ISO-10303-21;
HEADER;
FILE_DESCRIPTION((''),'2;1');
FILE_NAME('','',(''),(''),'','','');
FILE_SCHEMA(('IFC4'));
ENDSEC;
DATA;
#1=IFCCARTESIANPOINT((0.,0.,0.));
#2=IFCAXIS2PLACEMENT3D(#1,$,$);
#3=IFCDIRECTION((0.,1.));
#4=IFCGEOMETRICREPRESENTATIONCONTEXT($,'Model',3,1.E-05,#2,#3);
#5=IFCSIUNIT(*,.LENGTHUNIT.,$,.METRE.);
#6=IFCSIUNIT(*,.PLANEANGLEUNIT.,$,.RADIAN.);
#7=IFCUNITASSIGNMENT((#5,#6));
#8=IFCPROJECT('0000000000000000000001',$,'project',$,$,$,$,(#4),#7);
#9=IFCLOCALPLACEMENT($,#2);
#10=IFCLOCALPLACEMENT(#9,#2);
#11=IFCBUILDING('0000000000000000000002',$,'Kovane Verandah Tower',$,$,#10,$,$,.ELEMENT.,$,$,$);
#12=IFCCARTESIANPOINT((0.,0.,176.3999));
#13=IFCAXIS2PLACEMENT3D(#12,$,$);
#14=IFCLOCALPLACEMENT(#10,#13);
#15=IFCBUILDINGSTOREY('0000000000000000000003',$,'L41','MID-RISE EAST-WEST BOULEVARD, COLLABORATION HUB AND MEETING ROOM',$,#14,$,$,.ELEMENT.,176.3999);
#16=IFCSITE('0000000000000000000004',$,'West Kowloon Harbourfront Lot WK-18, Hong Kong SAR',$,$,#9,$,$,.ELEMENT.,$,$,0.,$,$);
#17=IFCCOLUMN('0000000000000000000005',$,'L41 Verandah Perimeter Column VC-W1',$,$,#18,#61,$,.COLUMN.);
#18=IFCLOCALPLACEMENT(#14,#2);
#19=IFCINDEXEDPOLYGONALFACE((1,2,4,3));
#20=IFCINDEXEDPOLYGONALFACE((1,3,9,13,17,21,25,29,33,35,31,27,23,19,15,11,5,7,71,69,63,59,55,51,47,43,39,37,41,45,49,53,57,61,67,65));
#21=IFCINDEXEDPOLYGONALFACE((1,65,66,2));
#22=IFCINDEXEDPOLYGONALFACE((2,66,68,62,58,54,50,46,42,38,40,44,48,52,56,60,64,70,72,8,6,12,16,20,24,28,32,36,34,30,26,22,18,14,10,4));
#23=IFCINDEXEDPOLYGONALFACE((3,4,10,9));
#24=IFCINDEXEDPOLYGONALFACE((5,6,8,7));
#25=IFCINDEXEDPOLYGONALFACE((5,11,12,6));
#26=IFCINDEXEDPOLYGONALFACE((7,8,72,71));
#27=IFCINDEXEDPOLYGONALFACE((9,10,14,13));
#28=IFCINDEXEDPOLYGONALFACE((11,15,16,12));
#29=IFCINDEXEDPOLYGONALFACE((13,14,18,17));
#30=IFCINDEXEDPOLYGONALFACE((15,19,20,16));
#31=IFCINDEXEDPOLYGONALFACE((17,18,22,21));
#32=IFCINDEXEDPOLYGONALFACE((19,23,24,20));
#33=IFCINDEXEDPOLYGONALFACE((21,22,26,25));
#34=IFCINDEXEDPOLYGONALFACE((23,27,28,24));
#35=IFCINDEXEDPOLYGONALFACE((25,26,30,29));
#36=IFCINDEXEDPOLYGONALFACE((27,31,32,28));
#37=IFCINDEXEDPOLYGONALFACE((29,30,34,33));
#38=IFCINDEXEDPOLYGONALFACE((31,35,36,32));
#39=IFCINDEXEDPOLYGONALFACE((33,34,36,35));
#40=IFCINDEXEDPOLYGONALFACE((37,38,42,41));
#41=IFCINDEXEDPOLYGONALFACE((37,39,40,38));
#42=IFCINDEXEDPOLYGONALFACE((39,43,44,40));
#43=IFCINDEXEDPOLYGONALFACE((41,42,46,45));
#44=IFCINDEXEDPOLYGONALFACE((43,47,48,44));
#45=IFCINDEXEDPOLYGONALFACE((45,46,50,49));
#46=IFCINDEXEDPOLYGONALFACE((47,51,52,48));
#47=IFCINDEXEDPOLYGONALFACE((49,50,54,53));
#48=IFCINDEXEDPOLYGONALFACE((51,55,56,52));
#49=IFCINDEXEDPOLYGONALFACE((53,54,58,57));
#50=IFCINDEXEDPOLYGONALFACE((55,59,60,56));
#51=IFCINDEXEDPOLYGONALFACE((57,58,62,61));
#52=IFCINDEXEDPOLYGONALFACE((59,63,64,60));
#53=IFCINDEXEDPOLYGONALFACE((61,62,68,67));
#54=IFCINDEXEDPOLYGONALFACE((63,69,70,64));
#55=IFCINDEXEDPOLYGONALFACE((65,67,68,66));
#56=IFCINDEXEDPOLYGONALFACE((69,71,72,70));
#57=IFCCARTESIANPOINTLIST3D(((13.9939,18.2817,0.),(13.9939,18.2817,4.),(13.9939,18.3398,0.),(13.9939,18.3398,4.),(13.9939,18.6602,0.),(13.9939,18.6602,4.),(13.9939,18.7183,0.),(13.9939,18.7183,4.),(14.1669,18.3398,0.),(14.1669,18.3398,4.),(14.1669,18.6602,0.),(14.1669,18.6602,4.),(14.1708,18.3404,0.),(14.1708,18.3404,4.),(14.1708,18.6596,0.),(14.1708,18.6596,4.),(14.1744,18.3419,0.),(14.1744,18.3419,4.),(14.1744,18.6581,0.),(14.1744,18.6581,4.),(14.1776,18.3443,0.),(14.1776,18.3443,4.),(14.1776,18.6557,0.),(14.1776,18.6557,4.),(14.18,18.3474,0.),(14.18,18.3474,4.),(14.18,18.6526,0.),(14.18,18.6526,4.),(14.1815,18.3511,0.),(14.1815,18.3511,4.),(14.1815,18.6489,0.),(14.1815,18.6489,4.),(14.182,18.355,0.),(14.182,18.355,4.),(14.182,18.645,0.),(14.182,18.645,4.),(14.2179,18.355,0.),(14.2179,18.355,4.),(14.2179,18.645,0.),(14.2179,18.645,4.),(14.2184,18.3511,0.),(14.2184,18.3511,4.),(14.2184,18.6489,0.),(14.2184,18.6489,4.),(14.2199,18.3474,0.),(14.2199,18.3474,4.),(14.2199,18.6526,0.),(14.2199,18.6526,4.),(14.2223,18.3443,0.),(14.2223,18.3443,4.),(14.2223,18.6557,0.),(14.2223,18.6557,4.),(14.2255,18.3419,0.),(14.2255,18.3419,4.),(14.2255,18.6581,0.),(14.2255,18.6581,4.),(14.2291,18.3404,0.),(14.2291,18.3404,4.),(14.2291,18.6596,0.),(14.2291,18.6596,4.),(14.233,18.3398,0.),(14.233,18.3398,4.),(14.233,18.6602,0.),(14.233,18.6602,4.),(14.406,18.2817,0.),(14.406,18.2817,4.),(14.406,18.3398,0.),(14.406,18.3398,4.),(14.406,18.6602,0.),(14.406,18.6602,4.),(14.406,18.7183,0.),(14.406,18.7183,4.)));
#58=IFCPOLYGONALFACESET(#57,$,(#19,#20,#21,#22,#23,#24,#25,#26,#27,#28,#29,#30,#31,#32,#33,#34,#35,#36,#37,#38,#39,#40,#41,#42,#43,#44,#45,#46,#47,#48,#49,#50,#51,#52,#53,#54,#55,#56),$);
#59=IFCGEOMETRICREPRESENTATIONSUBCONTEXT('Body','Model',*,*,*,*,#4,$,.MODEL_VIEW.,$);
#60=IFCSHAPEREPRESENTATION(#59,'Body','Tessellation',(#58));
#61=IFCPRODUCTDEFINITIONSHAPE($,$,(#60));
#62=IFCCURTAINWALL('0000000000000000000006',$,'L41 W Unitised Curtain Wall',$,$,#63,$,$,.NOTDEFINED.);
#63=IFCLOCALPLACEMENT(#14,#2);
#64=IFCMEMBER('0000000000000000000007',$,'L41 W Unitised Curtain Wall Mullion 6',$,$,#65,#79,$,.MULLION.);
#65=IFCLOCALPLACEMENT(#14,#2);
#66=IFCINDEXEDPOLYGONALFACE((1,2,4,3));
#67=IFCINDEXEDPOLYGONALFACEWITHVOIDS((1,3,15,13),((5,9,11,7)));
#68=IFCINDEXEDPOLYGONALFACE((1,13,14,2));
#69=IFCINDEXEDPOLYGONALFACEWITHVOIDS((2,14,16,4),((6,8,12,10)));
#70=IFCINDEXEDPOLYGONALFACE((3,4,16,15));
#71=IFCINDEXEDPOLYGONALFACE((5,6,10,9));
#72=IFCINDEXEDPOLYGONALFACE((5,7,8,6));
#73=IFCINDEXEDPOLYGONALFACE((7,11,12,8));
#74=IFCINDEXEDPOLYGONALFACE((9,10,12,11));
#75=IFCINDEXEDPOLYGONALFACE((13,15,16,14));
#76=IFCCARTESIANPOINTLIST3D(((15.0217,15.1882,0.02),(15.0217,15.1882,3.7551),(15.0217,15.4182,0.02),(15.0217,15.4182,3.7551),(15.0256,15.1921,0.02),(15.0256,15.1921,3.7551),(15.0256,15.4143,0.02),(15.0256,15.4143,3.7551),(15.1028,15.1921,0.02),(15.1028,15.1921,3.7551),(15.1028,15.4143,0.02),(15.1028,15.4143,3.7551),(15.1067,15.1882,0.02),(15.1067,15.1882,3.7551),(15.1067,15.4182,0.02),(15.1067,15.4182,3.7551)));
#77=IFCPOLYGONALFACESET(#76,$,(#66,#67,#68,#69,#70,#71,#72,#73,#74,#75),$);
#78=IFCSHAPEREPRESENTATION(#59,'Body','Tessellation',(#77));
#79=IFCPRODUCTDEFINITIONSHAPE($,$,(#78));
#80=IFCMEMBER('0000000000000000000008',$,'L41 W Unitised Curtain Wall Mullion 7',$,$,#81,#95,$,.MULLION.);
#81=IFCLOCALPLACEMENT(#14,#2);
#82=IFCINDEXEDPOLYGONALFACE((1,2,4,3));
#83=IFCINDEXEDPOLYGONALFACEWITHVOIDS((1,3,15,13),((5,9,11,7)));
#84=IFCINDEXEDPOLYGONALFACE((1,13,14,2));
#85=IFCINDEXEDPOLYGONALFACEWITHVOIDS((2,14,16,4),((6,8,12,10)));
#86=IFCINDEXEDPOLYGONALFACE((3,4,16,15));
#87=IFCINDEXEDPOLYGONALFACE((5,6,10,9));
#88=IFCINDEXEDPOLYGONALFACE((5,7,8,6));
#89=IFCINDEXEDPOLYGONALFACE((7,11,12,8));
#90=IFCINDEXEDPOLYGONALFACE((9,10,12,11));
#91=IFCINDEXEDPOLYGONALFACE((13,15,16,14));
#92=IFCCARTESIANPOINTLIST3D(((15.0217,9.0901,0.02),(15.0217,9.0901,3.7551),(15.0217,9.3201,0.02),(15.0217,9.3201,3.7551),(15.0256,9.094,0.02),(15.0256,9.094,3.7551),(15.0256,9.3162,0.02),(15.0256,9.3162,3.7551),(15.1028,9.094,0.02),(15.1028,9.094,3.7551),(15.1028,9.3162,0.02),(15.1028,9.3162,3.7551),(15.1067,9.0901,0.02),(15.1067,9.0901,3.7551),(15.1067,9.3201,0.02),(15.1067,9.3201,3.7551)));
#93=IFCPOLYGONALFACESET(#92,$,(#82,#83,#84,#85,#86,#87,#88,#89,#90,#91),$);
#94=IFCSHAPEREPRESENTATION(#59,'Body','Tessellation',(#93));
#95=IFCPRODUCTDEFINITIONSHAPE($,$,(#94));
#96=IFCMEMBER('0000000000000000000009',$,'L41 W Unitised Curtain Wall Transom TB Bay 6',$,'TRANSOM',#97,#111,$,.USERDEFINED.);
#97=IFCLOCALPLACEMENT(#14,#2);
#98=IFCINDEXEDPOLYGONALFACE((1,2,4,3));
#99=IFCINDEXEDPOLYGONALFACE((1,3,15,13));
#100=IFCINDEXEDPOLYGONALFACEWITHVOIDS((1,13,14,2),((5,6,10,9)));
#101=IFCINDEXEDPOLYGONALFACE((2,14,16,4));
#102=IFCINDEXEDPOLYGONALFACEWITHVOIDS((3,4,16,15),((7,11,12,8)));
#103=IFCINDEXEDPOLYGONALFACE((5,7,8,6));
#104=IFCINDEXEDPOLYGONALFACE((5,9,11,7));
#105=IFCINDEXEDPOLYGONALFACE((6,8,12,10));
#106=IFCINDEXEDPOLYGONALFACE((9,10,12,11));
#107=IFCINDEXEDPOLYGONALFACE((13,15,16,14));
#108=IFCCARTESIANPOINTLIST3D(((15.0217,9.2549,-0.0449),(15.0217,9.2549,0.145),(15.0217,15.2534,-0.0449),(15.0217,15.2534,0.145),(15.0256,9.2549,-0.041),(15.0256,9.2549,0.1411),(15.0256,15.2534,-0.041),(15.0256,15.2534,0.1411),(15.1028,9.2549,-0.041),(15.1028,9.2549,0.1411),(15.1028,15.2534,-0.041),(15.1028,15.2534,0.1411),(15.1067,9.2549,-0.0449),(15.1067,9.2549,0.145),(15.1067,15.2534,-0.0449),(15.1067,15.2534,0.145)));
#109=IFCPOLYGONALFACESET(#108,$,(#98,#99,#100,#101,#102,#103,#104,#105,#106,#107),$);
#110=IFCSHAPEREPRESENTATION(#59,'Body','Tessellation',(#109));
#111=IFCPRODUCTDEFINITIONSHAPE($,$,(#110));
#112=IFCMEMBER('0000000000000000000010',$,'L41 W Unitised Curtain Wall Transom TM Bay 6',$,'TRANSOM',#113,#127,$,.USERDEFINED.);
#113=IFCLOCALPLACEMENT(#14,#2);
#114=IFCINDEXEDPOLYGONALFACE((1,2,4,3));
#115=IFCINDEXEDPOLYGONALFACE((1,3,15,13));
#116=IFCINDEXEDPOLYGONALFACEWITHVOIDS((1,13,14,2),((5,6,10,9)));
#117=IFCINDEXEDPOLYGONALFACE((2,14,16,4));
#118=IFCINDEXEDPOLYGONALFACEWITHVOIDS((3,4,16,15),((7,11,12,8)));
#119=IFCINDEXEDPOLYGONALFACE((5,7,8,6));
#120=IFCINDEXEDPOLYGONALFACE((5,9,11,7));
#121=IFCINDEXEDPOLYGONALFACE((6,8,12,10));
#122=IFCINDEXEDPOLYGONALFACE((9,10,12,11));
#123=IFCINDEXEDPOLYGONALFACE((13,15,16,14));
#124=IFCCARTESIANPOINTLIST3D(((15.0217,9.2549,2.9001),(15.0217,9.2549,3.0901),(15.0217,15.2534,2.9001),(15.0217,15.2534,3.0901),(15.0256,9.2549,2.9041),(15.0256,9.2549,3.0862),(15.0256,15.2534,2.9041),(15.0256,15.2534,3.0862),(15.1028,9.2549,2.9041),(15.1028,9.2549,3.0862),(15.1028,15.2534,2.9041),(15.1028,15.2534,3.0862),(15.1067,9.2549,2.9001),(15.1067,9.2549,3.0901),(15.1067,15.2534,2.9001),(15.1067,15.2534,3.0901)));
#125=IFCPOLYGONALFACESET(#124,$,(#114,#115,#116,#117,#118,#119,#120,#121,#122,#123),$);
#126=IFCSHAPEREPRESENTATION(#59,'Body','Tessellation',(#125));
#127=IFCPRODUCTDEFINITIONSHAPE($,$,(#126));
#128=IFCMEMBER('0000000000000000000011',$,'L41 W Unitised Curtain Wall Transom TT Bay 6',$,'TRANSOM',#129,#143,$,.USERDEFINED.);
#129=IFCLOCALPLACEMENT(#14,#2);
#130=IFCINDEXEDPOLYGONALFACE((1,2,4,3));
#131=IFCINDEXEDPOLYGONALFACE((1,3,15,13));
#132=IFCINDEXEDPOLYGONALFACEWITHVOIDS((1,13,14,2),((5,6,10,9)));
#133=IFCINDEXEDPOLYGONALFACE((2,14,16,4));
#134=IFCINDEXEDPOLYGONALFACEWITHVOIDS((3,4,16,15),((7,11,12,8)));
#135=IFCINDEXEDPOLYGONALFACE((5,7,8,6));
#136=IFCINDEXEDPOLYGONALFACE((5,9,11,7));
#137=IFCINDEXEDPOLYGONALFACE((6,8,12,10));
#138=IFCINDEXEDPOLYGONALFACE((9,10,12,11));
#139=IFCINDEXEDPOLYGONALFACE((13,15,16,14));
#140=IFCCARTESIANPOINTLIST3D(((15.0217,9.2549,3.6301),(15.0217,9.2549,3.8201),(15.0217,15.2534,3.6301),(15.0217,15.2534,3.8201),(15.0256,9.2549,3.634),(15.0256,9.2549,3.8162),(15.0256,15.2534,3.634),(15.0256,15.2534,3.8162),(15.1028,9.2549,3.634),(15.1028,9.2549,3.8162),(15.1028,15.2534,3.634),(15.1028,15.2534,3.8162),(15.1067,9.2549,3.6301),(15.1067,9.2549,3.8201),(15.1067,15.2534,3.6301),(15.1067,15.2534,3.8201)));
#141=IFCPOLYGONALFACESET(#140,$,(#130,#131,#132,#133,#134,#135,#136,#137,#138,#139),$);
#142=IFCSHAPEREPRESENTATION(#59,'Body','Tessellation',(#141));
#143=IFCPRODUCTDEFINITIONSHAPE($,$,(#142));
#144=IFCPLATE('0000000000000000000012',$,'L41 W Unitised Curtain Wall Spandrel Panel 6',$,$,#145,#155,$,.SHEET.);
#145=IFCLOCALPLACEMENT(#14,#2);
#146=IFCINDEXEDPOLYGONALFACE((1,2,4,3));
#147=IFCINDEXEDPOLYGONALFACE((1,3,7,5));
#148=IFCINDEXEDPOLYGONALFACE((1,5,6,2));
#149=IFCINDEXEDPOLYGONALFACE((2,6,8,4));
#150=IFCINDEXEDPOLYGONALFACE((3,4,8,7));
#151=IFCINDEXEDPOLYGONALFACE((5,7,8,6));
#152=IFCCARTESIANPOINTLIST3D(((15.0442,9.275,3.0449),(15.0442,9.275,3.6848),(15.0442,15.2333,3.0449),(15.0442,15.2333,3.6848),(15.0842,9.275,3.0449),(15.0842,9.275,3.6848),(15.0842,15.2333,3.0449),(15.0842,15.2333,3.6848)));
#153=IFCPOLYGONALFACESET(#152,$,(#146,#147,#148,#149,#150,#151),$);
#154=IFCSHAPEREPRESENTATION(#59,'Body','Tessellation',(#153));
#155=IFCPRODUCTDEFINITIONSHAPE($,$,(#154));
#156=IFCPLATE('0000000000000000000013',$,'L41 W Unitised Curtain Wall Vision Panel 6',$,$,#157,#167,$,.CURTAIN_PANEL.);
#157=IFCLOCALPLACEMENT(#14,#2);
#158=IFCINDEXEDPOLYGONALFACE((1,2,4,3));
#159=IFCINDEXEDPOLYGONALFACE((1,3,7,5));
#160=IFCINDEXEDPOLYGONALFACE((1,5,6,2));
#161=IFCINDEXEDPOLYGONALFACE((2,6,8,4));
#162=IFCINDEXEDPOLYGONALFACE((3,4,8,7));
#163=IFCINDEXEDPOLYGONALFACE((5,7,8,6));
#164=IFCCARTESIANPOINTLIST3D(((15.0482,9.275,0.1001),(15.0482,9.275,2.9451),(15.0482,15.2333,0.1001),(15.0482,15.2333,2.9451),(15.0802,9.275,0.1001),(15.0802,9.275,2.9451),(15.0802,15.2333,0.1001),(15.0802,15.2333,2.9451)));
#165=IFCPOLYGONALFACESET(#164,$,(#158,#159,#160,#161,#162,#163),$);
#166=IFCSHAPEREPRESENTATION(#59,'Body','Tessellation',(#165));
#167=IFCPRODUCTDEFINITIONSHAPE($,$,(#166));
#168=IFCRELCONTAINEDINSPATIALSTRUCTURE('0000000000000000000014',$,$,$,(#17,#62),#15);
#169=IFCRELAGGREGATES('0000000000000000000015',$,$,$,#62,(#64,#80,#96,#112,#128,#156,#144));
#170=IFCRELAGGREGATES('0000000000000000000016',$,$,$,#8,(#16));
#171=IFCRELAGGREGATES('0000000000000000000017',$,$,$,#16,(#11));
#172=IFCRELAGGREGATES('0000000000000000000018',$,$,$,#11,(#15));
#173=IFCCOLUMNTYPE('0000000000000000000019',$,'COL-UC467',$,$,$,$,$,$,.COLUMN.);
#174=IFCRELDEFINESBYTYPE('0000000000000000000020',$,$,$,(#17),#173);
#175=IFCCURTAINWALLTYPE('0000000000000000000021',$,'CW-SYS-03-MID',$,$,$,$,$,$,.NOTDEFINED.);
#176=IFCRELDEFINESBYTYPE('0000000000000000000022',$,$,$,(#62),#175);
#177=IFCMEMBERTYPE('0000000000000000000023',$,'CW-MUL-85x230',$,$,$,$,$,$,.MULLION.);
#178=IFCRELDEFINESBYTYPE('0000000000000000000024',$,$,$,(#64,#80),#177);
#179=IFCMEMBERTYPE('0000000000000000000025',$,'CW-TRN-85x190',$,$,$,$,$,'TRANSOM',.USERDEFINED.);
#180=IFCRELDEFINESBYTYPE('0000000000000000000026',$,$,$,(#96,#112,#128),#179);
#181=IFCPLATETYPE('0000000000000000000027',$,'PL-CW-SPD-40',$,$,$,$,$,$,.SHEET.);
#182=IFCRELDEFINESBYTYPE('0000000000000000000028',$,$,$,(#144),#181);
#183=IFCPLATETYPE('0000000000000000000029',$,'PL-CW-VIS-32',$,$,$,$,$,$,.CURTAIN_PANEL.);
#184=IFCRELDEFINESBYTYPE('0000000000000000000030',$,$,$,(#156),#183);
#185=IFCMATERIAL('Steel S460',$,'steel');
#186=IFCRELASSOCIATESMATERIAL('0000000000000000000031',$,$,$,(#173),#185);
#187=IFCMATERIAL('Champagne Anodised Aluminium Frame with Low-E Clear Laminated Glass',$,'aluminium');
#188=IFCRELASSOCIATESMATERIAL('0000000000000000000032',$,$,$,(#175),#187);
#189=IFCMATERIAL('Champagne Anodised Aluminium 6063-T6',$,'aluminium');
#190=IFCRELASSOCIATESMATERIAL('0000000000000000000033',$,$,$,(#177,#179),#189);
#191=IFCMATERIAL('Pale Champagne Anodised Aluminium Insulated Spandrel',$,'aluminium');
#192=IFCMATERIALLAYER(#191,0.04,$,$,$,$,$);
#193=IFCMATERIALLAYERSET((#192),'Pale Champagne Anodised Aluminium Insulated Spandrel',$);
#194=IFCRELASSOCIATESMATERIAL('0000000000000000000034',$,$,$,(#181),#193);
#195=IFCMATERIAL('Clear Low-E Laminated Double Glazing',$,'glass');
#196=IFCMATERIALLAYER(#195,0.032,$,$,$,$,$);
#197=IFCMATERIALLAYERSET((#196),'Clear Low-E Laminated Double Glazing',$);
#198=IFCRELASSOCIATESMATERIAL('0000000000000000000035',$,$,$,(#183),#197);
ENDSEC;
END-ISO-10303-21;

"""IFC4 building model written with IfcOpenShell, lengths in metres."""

from ifc_helpers import new_model, si_unit, direction, frame, origin, origin_2d, place, context, subcontext, project, spatial, rectangle, hollow_rectangle, i_section, extrude, material, layer, layer_set, material_profile, profile_set, type_object, element, aggregate, save


model = new_model("IFC4")

# Units and contexts
model_context = context("Model", 3, precision=1e-05, world=origin(), true_north=direction((0.0, 1.0)))
body_context = subcontext(model_context, "Body", "Model", "MODEL_VIEW")
ifc_project = project(units=[si_unit("LENGTHUNIT", "METRE"), si_unit("PLANEANGLEUNIT", "RADIAN")], contexts=[model_context])

# Site, building, storey
site_placement = place(None, origin())
site = spatial("IfcSite", under=ifc_project, at=site_placement, Name="West Kowloon Harbourfront Lot WK-18, Hong Kong SAR", CompositionType="ELEMENT", RefElevation=0.0)
building_placement = place(site_placement, origin())
building = spatial("IfcBuilding", under=site, at=building_placement, Name="Kovane Verandah Tower", CompositionType="ELEMENT")
storey_placement = place(building_placement, frame((0.0, 0.0, 176.3999)))
storey = spatial("IfcBuildingStorey", under=building, at=storey_placement, Name="L41", Description="MID-RISE EAST-WEST BOULEVARD, COLLABORATION HUB AND MEETING ROOM", CompositionType="ELEMENT", Elevation=176.3999)

# Column
ifc_material_1 = material(Name="Steel S460", Category="steel")
ifc_material_profile_1 = material_profile(ifc_material_1, i_section(OverallWidth=0.4121, OverallDepth=0.4365, WebThickness=0.0359, FlangeThickness=0.0581, FilletRadius=0.0151, at=origin_2d()), Name="UC356x406x467")
ifc_profile_set_1 = profile_set([ifc_material_profile_1], Name="Steel S460")
column_type = type_object("IfcColumnType", Name="COL-UC467", PredefinedType="COLUMN", material=ifc_profile_set_1)
column_placement = place(storey_placement, frame((14.2, 18.5, 0.0), z_axis=(0.0, 0.0, 1.0), x_axis=(1.0, 0.0, 0.0)))
element("IfcColumn", 1, at=column_placement, inside=storey, type_object=column_type, Name="L41 Verandah Perimeter Column VC-W1", PredefinedType="COLUMN", context=body_context, shape_type="SweptSolid", body=[
    extrude(i_section(OverallWidth=0.4121, OverallDepth=0.4365, WebThickness=0.0359, FlangeThickness=0.0581, FilletRadius=0.0151, at=origin_2d()), origin(), (0.0, 0.0, 1.0), 4.0),
])

# Curtain wall, members, plates
ifc_material_2 = material(Name="Champagne Anodised Aluminium Frame with Low-E Clear Laminated Glass", Category="aluminium")
curtain_wall_type = type_object("IfcCurtainWallType", Name="CW-SYS-03-MID", PredefinedType="NOTDEFINED", material=ifc_material_2)
curtain_wall_placement = place(storey_placement, origin())
curtain_wall = element("IfcCurtainWall", 2, at=curtain_wall_placement, inside=storey, type_object=curtain_wall_type, Name="L41 W Unitised Curtain Wall", PredefinedType="NOTDEFINED")
ifc_material_3 = material(Name="Champagne Anodised Aluminium 6063-T6", Category="aluminium")
ifc_material_profile_2 = material_profile(ifc_material_3, hollow_rectangle(XDim=0.085, YDim=0.23, WallThickness=0.0039, at=origin_2d()), Name="AL85x230x4")
ifc_profile_set_2 = profile_set([ifc_material_profile_2], Name="Champagne Anodised Aluminium 6063-T6")
member_type_1 = type_object("IfcMemberType", Name="CW-MUL-85x230", PredefinedType="MULLION", material=ifc_profile_set_2)
member_1_placement = place(storey_placement, frame((15.0642, 15.3032, 0.02), z_axis=(0.0, 0.0, 1.0), x_axis=(-1.0, 0.0, 0.0)))
member_1 = element("IfcMember", 3, at=member_1_placement, type_object=member_type_1, Name="L41 W Unitised Curtain Wall Mullion 6", PredefinedType="MULLION", context=body_context, shape_type="SweptSolid", body=[
    extrude(hollow_rectangle(XDim=0.085, YDim=0.23, WallThickness=0.0039, at=origin_2d()), origin(), (0.0, 0.0, 1.0), 3.7351),
])
member_2_placement = place(storey_placement, frame((15.0642, 9.2051, 0.02), z_axis=(0.0, 0.0, 1.0), x_axis=(-1.0, 0.0, 0.0)))
member_2 = element("IfcMember", 4, at=member_2_placement, type_object=member_type_1, Name="L41 W Unitised Curtain Wall Mullion 7", PredefinedType="MULLION", context=body_context, shape_type="SweptSolid", body=[
    extrude(hollow_rectangle(XDim=0.085, YDim=0.23, WallThickness=0.0039, at=origin_2d()), origin(), (0.0, 0.0, 1.0), 3.7351),
])
ifc_material_profile_3 = material_profile(ifc_material_3, hollow_rectangle(XDim=0.085, YDim=0.1899, WallThickness=0.0039, at=origin_2d()), Name="AL85x190x4")
ifc_profile_set_3 = profile_set([ifc_material_profile_3], Name="Champagne Anodised Aluminium 6063-T6")
member_type_2 = type_object("IfcMemberType", Name="CW-TRN-85x190", ElementType="TRANSOM", PredefinedType="USERDEFINED", material=ifc_profile_set_3)
member_3_placement = place(storey_placement, frame((15.0642, 15.2534, 0.05), z_axis=(0.0, -1.0, 0.0), x_axis=(1.0, 0.0, 0.0)))
member_3 = element("IfcMember", 5, at=member_3_placement, type_object=member_type_2, Name="L41 W Unitised Curtain Wall Transom TB Bay 6", ObjectType="TRANSOM", PredefinedType="USERDEFINED", context=body_context, shape_type="SweptSolid", body=[
    extrude(hollow_rectangle(XDim=0.085, YDim=0.1899, WallThickness=0.0039, at=origin_2d()), origin(), (0.0, 0.0, 1.0), 5.9985),
])
member_4_placement = place(storey_placement, frame((15.0642, 15.2534, 2.9951), z_axis=(0.0, -1.0, 0.0), x_axis=(1.0, 0.0, 0.0)))
member_4 = element("IfcMember", 6, at=member_4_placement, type_object=member_type_2, Name="L41 W Unitised Curtain Wall Transom TM Bay 6", ObjectType="TRANSOM", PredefinedType="USERDEFINED", context=body_context, shape_type="SweptSolid", body=[
    extrude(hollow_rectangle(XDim=0.085, YDim=0.1899, WallThickness=0.0039, at=origin_2d()), origin(), (0.0, 0.0, 1.0), 5.9985),
])
member_5_placement = place(storey_placement, frame((15.0642, 15.2534, 3.7251), z_axis=(0.0, -1.0, 0.0), x_axis=(1.0, 0.0, 0.0)))
member_5 = element("IfcMember", 7, at=member_5_placement, type_object=member_type_2, Name="L41 W Unitised Curtain Wall Transom TT Bay 6", ObjectType="TRANSOM", PredefinedType="USERDEFINED", context=body_context, shape_type="SweptSolid", body=[
    extrude(hollow_rectangle(XDim=0.085, YDim=0.1899, WallThickness=0.0039, at=origin_2d()), origin(), (0.0, 0.0, 1.0), 5.9985),
])
ifc_material_4 = material(Name="Pale Champagne Anodised Aluminium Insulated Spandrel", Category="aluminium")
ifc_layer_1 = layer(ifc_material_4, 0.04)
ifc_layer_set_1 = layer_set([ifc_layer_1], Name="Pale Champagne Anodised Aluminium Insulated Spandrel")
plate_type_1 = type_object("IfcPlateType", Name="PL-CW-SPD-40", PredefinedType="SHEET", material=ifc_layer_set_1)
plate_1_placement = place(storey_placement, frame((15.0642, 12.2542, 3.0449), z_axis=(0.0, 0.0, 1.0), x_axis=(0.0, -1.0, 0.0)))
plate_1 = element("IfcPlate", 8, at=plate_1_placement, type_object=plate_type_1, Name="L41 W Unitised Curtain Wall Spandrel Panel 6", PredefinedType="SHEET", context=body_context, shape_type="SweptSolid", body=[
    extrude(rectangle(XDim=5.9583, YDim=0.04, at=origin_2d()), origin(), (0.0, 0.0, 1.0), 0.6399),
])
ifc_material_5 = material(Name="Clear Low-E Laminated Double Glazing", Category="glass")
ifc_layer_2 = layer(ifc_material_5, 0.032)
ifc_layer_set_2 = layer_set([ifc_layer_2], Name="Clear Low-E Laminated Double Glazing")
plate_type_2 = type_object("IfcPlateType", Name="PL-CW-VIS-32", PredefinedType="CURTAIN_PANEL", material=ifc_layer_set_2)
plate_2_placement = place(storey_placement, frame((15.0642, 12.2542, 0.1001), z_axis=(0.0, 0.0, 1.0), x_axis=(0.0, -1.0, 0.0)))
plate_2 = element("IfcPlate", 9, at=plate_2_placement, type_object=plate_type_2, Name="L41 W Unitised Curtain Wall Vision Panel 6", PredefinedType="CURTAIN_PANEL", context=body_context, shape_type="SweptSolid", body=[
    extrude(rectangle(XDim=5.9583, YDim=0.032, at=origin_2d()), origin(), (0.0, 0.0, 1.0), 2.845),
])
aggregate(curtain_wall, [member_1, member_2, member_3, member_4, member_5, plate_2, plate_1])

save(model, "model.ifc")
